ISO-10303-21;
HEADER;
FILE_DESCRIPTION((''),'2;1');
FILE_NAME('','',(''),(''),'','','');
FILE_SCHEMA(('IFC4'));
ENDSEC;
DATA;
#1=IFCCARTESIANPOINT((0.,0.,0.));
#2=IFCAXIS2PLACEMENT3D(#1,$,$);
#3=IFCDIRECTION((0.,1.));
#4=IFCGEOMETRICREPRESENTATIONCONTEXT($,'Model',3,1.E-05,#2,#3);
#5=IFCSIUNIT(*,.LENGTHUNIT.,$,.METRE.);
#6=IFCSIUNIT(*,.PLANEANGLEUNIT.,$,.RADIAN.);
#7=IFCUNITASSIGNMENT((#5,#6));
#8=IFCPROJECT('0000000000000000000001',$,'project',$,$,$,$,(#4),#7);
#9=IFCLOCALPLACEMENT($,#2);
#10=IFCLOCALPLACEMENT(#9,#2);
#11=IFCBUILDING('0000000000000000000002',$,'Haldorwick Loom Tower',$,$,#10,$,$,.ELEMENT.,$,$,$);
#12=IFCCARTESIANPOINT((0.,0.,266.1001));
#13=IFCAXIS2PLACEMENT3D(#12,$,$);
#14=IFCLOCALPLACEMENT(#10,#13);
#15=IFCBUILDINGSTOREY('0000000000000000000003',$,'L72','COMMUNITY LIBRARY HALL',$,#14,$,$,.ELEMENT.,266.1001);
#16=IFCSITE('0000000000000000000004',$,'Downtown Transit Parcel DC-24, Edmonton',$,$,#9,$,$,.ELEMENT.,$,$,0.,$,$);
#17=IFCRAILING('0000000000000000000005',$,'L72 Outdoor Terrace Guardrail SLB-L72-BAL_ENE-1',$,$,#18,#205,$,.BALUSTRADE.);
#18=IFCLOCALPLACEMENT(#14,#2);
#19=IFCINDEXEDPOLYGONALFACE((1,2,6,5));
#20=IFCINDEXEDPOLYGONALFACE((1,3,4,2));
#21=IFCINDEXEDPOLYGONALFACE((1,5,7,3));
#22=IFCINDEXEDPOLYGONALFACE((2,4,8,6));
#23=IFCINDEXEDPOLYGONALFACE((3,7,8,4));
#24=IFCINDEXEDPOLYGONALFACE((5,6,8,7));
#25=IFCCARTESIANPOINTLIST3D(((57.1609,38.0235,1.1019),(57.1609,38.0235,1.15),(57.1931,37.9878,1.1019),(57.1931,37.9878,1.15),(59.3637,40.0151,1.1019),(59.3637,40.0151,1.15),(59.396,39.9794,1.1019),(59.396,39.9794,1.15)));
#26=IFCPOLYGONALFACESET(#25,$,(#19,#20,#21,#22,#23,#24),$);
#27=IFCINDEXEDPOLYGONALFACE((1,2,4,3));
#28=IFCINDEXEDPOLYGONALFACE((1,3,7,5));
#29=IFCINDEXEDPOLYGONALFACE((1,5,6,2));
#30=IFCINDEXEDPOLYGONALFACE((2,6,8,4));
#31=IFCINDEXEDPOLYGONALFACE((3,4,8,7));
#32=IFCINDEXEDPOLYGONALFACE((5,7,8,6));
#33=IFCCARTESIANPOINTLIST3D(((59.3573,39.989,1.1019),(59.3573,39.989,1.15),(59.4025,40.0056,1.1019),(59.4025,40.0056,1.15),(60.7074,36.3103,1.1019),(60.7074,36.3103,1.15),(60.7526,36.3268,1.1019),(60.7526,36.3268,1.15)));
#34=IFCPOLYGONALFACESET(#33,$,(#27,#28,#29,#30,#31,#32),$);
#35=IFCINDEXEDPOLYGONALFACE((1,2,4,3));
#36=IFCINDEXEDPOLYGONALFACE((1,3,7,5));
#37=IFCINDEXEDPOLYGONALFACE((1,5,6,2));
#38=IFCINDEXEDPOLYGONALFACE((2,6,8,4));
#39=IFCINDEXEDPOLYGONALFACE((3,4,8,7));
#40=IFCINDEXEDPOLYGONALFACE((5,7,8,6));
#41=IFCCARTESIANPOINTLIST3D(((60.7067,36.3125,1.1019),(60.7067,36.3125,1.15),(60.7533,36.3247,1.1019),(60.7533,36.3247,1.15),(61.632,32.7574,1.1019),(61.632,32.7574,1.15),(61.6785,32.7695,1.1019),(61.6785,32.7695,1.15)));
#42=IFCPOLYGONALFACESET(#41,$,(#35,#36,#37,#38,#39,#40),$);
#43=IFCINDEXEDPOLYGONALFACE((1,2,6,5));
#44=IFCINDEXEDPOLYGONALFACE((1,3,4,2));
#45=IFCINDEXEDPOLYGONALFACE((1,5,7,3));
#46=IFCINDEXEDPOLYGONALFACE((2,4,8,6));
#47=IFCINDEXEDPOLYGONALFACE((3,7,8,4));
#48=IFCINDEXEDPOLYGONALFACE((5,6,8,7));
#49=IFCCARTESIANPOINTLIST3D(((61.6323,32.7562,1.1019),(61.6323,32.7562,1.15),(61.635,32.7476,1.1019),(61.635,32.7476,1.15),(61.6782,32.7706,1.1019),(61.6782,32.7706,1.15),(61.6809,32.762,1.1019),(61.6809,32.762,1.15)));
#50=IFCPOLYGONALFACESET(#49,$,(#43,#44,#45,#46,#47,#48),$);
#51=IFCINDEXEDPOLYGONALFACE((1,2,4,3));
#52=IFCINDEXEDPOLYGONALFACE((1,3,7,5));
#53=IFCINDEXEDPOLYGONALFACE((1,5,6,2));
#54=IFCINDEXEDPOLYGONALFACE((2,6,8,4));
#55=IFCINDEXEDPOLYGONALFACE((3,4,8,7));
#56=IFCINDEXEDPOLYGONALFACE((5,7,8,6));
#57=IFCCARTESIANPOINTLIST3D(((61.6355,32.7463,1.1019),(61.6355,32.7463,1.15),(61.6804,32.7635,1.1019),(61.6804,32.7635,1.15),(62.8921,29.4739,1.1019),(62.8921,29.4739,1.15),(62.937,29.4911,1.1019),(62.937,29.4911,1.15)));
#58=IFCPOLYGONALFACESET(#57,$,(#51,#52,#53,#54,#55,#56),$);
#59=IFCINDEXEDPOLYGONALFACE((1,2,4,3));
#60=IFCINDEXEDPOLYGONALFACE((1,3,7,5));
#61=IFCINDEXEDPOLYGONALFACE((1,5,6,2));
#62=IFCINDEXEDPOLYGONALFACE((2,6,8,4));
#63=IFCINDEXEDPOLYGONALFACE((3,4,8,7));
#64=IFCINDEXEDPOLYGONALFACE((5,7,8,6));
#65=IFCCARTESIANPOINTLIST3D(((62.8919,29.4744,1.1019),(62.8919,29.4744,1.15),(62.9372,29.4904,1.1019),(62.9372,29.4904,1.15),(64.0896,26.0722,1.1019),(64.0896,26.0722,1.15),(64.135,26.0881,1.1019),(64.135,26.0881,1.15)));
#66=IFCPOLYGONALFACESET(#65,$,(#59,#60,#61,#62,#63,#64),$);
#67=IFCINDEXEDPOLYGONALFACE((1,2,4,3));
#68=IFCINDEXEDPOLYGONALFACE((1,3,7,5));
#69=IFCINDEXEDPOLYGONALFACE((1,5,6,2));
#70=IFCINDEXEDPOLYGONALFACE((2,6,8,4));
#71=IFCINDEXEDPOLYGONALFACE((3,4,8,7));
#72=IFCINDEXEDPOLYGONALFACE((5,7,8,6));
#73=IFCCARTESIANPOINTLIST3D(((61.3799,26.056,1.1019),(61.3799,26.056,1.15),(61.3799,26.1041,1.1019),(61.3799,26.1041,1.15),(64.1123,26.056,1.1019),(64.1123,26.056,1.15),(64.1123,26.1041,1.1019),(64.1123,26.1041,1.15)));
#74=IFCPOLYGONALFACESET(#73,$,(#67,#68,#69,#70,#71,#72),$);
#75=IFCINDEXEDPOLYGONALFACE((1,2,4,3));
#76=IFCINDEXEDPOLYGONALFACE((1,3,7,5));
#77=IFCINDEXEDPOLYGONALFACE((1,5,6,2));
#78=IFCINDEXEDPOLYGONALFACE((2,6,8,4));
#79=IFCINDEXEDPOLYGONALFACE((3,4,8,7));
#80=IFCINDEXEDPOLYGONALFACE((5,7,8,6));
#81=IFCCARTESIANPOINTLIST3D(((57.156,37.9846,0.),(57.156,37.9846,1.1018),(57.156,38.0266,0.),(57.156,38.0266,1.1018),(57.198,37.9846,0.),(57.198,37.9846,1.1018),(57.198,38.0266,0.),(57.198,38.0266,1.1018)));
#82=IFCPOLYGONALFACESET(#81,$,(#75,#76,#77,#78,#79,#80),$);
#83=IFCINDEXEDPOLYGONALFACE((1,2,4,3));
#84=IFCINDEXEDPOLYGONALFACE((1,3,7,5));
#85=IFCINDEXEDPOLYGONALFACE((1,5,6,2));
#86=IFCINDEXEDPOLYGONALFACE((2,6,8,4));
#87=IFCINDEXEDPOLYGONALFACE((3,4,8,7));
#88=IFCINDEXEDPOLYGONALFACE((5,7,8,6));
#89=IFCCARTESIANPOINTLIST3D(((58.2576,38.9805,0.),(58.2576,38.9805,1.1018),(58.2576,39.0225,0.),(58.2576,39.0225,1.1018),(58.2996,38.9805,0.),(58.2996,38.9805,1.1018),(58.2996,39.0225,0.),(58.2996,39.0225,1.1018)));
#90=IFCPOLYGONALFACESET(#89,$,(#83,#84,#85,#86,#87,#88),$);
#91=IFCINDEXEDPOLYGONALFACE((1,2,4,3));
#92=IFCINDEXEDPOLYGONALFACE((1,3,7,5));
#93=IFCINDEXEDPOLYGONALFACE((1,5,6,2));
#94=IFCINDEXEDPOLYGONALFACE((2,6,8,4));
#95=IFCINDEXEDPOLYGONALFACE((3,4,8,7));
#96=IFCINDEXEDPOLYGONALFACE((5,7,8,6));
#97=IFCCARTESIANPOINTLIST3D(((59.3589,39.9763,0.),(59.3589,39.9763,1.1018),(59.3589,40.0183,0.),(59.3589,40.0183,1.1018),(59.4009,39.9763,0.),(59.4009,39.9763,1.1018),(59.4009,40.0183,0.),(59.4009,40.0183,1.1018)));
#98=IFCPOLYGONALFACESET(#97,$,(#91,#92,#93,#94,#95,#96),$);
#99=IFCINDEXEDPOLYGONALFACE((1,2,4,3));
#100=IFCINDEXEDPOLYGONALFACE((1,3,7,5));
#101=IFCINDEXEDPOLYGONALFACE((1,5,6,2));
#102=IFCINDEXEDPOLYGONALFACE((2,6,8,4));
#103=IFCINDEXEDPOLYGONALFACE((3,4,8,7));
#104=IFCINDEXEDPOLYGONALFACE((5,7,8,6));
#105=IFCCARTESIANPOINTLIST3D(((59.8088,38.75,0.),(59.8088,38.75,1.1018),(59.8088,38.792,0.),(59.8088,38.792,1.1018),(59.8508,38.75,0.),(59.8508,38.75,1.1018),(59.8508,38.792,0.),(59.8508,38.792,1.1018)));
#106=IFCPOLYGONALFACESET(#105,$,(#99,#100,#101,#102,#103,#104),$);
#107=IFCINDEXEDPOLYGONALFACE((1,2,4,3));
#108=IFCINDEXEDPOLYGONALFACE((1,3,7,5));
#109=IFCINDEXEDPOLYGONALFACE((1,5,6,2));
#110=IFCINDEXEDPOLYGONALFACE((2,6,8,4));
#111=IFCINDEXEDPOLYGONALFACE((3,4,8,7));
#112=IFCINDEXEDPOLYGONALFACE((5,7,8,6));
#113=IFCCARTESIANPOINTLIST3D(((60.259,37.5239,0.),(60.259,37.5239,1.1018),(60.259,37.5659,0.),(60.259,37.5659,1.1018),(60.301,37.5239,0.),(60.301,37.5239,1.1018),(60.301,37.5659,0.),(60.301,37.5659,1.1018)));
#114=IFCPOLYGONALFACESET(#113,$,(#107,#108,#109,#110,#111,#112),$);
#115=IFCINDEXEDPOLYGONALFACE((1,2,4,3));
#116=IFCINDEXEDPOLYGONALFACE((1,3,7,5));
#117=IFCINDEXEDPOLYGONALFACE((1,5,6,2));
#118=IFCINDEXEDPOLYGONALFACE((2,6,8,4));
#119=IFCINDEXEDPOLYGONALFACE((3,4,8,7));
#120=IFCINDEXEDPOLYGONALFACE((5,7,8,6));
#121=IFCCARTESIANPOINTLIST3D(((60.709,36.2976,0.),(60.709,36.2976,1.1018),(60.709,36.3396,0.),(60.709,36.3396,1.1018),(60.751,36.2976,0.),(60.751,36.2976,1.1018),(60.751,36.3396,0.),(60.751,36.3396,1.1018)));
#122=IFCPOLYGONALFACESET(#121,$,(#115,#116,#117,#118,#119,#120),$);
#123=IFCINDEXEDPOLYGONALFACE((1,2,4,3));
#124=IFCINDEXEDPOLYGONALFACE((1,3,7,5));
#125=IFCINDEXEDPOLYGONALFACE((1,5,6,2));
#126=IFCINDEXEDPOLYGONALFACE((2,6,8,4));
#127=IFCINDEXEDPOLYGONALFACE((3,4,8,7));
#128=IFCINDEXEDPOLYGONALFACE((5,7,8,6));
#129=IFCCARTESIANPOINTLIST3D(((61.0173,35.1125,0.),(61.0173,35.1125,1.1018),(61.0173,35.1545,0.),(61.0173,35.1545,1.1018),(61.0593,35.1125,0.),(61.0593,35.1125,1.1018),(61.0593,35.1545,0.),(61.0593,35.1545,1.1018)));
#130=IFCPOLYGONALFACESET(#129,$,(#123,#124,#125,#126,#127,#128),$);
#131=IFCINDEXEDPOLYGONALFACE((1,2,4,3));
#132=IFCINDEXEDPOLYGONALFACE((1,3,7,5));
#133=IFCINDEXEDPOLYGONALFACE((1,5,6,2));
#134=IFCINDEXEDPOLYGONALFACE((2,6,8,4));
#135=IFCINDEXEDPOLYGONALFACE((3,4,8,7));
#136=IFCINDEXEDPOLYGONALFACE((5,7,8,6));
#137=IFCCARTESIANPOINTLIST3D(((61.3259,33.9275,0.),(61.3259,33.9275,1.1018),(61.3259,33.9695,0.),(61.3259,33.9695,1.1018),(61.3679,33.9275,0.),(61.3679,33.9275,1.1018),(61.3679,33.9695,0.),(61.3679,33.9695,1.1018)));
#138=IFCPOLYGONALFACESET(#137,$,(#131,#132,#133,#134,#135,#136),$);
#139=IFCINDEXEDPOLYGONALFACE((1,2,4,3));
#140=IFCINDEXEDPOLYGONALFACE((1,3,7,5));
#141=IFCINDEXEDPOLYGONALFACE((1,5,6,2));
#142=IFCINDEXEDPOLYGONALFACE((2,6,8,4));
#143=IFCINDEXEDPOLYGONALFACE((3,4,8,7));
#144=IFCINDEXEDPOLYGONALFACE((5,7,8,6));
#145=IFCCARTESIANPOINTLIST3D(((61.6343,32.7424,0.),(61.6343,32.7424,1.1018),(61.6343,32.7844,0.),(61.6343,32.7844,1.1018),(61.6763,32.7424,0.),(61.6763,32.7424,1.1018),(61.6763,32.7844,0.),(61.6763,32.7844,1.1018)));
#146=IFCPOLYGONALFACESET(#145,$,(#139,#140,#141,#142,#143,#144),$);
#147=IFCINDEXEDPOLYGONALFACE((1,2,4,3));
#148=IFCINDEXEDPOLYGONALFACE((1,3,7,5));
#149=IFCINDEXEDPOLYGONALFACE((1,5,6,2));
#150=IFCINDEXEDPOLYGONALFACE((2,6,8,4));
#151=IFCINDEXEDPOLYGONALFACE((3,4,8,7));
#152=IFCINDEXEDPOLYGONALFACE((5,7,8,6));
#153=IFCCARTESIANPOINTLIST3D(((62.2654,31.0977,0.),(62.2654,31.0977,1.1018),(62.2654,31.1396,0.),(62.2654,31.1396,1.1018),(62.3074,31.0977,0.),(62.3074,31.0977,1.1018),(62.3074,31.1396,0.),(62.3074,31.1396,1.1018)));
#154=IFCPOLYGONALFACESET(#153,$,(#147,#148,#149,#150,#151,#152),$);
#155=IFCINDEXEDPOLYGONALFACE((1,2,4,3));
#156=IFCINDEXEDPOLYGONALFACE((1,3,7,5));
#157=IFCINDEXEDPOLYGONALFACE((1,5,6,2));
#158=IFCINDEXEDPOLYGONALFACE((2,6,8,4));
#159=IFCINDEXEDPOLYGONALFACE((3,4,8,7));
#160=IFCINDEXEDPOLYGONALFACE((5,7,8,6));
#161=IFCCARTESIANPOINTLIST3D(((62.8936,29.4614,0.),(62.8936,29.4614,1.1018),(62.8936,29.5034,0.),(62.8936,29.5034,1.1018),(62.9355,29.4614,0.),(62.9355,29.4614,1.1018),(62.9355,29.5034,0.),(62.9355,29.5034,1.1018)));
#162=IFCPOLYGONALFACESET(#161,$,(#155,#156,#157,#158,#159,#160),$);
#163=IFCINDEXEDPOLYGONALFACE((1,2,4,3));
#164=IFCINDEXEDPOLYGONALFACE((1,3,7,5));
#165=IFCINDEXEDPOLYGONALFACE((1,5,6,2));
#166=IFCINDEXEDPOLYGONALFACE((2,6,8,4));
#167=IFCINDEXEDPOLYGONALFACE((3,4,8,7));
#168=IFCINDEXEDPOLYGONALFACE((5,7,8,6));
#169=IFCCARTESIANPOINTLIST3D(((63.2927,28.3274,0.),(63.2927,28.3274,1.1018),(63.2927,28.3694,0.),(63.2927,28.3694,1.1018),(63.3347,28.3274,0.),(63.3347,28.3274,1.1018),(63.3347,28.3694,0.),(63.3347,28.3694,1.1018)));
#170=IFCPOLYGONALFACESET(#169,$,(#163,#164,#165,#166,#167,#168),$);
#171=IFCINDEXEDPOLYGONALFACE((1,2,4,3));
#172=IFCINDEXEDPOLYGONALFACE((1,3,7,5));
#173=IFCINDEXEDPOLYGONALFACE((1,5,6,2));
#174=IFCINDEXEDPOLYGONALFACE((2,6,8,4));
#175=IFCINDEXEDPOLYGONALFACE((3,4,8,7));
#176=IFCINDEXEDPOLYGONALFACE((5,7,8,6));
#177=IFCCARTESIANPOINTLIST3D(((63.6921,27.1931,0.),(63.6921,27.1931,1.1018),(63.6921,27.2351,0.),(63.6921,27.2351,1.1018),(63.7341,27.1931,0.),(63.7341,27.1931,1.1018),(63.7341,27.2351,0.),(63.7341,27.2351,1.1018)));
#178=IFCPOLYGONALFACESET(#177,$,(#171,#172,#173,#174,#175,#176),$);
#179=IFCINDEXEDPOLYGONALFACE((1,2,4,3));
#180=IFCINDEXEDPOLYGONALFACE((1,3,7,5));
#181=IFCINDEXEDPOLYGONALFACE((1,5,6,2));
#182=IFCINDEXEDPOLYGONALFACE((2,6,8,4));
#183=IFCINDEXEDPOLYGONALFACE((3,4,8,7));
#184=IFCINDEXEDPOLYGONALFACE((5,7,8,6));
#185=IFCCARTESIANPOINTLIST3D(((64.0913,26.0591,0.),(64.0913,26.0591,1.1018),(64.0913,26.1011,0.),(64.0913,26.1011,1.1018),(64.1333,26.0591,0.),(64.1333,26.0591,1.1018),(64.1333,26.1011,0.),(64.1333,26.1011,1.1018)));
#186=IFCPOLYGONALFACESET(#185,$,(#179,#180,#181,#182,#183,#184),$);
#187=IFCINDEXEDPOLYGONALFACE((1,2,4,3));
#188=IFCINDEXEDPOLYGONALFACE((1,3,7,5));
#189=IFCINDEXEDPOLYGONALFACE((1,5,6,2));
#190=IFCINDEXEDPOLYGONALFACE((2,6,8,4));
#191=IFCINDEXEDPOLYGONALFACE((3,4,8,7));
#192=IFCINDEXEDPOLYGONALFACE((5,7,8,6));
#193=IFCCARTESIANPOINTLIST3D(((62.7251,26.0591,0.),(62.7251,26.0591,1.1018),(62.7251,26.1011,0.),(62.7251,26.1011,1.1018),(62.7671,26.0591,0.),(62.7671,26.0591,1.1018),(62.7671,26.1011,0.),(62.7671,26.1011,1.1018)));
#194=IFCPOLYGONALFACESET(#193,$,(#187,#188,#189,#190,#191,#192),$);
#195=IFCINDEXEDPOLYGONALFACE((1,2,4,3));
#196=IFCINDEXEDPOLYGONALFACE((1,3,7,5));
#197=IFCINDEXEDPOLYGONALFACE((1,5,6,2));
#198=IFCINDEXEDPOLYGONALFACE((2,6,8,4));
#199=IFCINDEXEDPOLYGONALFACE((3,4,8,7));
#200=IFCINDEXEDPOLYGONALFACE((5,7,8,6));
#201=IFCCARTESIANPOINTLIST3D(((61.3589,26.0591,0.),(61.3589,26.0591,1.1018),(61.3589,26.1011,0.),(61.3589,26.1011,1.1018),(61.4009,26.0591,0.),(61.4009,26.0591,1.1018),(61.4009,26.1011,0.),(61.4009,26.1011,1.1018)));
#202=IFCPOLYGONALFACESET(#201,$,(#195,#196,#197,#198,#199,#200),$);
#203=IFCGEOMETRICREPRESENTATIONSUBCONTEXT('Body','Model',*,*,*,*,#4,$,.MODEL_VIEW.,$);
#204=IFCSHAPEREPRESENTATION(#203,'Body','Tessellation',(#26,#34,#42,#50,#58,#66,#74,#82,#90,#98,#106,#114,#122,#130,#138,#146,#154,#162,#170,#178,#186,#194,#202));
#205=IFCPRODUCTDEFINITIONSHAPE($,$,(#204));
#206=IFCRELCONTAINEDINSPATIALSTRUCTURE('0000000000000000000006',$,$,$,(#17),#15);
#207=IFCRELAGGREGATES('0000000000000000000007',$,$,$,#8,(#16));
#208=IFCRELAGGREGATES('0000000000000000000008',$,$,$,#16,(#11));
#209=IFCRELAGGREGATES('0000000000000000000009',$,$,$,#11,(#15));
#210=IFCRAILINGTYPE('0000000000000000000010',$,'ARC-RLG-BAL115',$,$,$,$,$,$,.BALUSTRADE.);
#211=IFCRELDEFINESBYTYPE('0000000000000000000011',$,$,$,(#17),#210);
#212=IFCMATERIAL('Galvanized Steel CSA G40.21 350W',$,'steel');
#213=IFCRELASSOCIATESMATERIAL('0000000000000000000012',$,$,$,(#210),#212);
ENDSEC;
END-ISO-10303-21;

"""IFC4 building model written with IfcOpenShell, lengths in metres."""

from ifc_helpers import new_model, si_unit, direction, frame, origin, origin_2d, place, context, subcontext, project, spatial, rectangle, extrude, material, type_object, element, save


model = new_model("IFC4")

# Units and contexts
model_context = context("Model", 3, precision=1e-05, world=origin(), true_north=direction((0.0, 1.0)))
body_context = subcontext(model_context, "Body", "Model", "MODEL_VIEW")
ifc_project = project(units=[si_unit("LENGTHUNIT", "METRE"), si_unit("PLANEANGLEUNIT", "RADIAN")], contexts=[model_context])

# Site, building, storey
site_placement = place(None, origin())
site = spatial("IfcSite", under=ifc_project, at=site_placement, Name="Downtown Transit Parcel DC-24, Edmonton", CompositionType="ELEMENT", RefElevation=0.0)
building_placement = place(site_placement, origin())
building = spatial("IfcBuilding", under=site, at=building_placement, Name="Haldorwick Loom Tower", CompositionType="ELEMENT")
storey_placement = place(building_placement, frame((0.0, 0.0, 266.1001)))
storey = spatial("IfcBuildingStorey", under=building, at=storey_placement, Name="L72", Description="COMMUNITY LIBRARY HALL", CompositionType="ELEMENT", Elevation=266.1001)

# Railing
ifc_material_1 = material(Name="Galvanized Steel CSA G40.21 350W", Category="steel")
railing_type_1 = type_object("IfcRailingType", Name="ARC-RLG-BAL115", PredefinedType="BALUSTRADE", material=ifc_material_1)
railing_1_placement = place(storey_placement, frame((57.177, 38.0056, 0.0)))
element("IfcRailing", 1, at=railing_1_placement, inside=storey, type_object=railing_type_1, Name="L72 Outdoor Terrace Guardrail SLB-L72-BAL_ENE-1", PredefinedType="BALUSTRADE", context=body_context, shape_type="SweptSolid", body=[
    extrude(rectangle(XDim=0.0481, YDim=0.0481, at=origin_2d()), frame((0.0, 0.0, 1.126), z_axis=(0.741767, 0.670657, 0.0), x_axis=(-0.670657, 0.741767, 0.0)), (0.0, 0.0, 1.0), 2.9697),
    extrude(rectangle(XDim=0.0481, YDim=0.0481, at=origin_2d()), frame((2.2029, 1.9917, 1.126), z_axis=(0.344533, -0.938774, 0.0), x_axis=(0.938774, 0.344533, 0.0)), (0.0, 0.0, 1.0), 3.9187),
    extrude(rectangle(XDim=0.0481, YDim=0.0481, at=origin_2d()), frame((3.553, -1.687, 1.126), z_axis=(0.251875, -0.96776, 0.0), x_axis=(0.96776, 0.251875, 0.0)), (0.0, 0.0, 1.0), 3.6736),
    extrude(rectangle(XDim=0.0481, YDim=0.0481, at=origin_2d()), frame((4.4783, -5.2422, 1.126), z_axis=(0.299827, -0.953994, 0.0), x_axis=(0.953994, 0.299827, 0.0)), (0.0, 0.0, 1.0), 0.009),
    extrude(rectangle(XDim=0.0481, YDim=0.0481, at=origin_2d()), frame((4.481, -5.2507, 1.126), z_axis=(0.35847, -0.933541, 0.0), x_axis=(0.933541, 0.35847, 0.0)), (0.0, 0.0, 1.0), 3.5054),
    extrude(rectangle(XDim=0.0481, YDim=0.0481, at=origin_2d()), frame((5.7375, -8.5232, 1.126), z_axis=(0.332062, -0.943257, 0.0), x_axis=(0.943257, 0.332062, 0.0)), (0.0, 0.0, 1.0), 3.6069),
    extrude(rectangle(XDim=0.0481, YDim=0.0481, at=origin_2d()), frame((6.9353, -11.9255, 1.126), z_axis=(-1.0, 0.0, 0.0), x_axis=(0.0, -1.0, 0.0)), (0.0, 0.0, 1.0), 2.7324),
    extrude(rectangle(XDim=0.042, YDim=0.042, at=origin_2d()), origin(), (0.0, 0.0, 1.0), 1.1018),
    extrude(rectangle(XDim=0.042, YDim=0.042, at=origin_2d()), frame((1.1016, 0.9958, 0.0)), (0.0, 0.0, 1.0), 1.1018),
    extrude(rectangle(XDim=0.042, YDim=0.042, at=origin_2d()), frame((2.2029, 1.9917, 0.0)), (0.0, 0.0, 1.0), 1.1018),
    extrude(rectangle(XDim=0.042, YDim=0.042, at=origin_2d()), frame((2.6528, 0.7654, 0.0)), (0.0, 0.0, 1.0), 1.1018),
    extrude(rectangle(XDim=0.042, YDim=0.042, at=origin_2d()), frame((3.103, -0.4607, 0.0)), (0.0, 0.0, 1.0), 1.1018),
    extrude(rectangle(XDim=0.042, YDim=0.042, at=origin_2d()), frame((3.553, -1.687, 0.0)), (0.0, 0.0, 1.0), 1.1018),
    extrude(rectangle(XDim=0.042, YDim=0.042, at=origin_2d()), frame((3.8613, -2.8721, 0.0)), (0.0, 0.0, 1.0), 1.1018),
    extrude(rectangle(XDim=0.042, YDim=0.042, at=origin_2d()), frame((4.1699, -4.0571, 0.0)), (0.0, 0.0, 1.0), 1.1018),
    extrude(rectangle(XDim=0.042, YDim=0.042, at=origin_2d()), frame((4.4783, -5.2422, 0.0)), (0.0, 0.0, 1.0), 1.1018),
    extrude(rectangle(XDim=0.042, YDim=0.042, at=origin_2d()), frame((5.1094, -6.887, 0.0)), (0.0, 0.0, 1.0), 1.1018),
    extrude(rectangle(XDim=0.042, YDim=0.042, at=origin_2d()), frame((5.7375, -8.5232, 0.0)), (0.0, 0.0, 1.0), 1.1018),
    extrude(rectangle(XDim=0.042, YDim=0.042, at=origin_2d()), frame((6.1367, -9.6572, 0.0)), (0.0, 0.0, 1.0), 1.1018),
    extrude(rectangle(XDim=0.042, YDim=0.042, at=origin_2d()), frame((6.5361, -10.7915, 0.0)), (0.0, 0.0, 1.0), 1.1018),
    extrude(rectangle(XDim=0.042, YDim=0.042, at=origin_2d()), frame((6.9353, -11.9255, 0.0)), (0.0, 0.0, 1.0), 1.1018),
    extrude(rectangle(XDim=0.042, YDim=0.042, at=origin_2d()), frame((5.5691, -11.9255, 0.0)), (0.0, 0.0, 1.0), 1.1018),
    extrude(rectangle(XDim=0.042, YDim=0.042, at=origin_2d()), frame((4.2029, -11.9255, 0.0)), (0.0, 0.0, 1.0), 1.1018),
])

save(model, "model.ifc")
